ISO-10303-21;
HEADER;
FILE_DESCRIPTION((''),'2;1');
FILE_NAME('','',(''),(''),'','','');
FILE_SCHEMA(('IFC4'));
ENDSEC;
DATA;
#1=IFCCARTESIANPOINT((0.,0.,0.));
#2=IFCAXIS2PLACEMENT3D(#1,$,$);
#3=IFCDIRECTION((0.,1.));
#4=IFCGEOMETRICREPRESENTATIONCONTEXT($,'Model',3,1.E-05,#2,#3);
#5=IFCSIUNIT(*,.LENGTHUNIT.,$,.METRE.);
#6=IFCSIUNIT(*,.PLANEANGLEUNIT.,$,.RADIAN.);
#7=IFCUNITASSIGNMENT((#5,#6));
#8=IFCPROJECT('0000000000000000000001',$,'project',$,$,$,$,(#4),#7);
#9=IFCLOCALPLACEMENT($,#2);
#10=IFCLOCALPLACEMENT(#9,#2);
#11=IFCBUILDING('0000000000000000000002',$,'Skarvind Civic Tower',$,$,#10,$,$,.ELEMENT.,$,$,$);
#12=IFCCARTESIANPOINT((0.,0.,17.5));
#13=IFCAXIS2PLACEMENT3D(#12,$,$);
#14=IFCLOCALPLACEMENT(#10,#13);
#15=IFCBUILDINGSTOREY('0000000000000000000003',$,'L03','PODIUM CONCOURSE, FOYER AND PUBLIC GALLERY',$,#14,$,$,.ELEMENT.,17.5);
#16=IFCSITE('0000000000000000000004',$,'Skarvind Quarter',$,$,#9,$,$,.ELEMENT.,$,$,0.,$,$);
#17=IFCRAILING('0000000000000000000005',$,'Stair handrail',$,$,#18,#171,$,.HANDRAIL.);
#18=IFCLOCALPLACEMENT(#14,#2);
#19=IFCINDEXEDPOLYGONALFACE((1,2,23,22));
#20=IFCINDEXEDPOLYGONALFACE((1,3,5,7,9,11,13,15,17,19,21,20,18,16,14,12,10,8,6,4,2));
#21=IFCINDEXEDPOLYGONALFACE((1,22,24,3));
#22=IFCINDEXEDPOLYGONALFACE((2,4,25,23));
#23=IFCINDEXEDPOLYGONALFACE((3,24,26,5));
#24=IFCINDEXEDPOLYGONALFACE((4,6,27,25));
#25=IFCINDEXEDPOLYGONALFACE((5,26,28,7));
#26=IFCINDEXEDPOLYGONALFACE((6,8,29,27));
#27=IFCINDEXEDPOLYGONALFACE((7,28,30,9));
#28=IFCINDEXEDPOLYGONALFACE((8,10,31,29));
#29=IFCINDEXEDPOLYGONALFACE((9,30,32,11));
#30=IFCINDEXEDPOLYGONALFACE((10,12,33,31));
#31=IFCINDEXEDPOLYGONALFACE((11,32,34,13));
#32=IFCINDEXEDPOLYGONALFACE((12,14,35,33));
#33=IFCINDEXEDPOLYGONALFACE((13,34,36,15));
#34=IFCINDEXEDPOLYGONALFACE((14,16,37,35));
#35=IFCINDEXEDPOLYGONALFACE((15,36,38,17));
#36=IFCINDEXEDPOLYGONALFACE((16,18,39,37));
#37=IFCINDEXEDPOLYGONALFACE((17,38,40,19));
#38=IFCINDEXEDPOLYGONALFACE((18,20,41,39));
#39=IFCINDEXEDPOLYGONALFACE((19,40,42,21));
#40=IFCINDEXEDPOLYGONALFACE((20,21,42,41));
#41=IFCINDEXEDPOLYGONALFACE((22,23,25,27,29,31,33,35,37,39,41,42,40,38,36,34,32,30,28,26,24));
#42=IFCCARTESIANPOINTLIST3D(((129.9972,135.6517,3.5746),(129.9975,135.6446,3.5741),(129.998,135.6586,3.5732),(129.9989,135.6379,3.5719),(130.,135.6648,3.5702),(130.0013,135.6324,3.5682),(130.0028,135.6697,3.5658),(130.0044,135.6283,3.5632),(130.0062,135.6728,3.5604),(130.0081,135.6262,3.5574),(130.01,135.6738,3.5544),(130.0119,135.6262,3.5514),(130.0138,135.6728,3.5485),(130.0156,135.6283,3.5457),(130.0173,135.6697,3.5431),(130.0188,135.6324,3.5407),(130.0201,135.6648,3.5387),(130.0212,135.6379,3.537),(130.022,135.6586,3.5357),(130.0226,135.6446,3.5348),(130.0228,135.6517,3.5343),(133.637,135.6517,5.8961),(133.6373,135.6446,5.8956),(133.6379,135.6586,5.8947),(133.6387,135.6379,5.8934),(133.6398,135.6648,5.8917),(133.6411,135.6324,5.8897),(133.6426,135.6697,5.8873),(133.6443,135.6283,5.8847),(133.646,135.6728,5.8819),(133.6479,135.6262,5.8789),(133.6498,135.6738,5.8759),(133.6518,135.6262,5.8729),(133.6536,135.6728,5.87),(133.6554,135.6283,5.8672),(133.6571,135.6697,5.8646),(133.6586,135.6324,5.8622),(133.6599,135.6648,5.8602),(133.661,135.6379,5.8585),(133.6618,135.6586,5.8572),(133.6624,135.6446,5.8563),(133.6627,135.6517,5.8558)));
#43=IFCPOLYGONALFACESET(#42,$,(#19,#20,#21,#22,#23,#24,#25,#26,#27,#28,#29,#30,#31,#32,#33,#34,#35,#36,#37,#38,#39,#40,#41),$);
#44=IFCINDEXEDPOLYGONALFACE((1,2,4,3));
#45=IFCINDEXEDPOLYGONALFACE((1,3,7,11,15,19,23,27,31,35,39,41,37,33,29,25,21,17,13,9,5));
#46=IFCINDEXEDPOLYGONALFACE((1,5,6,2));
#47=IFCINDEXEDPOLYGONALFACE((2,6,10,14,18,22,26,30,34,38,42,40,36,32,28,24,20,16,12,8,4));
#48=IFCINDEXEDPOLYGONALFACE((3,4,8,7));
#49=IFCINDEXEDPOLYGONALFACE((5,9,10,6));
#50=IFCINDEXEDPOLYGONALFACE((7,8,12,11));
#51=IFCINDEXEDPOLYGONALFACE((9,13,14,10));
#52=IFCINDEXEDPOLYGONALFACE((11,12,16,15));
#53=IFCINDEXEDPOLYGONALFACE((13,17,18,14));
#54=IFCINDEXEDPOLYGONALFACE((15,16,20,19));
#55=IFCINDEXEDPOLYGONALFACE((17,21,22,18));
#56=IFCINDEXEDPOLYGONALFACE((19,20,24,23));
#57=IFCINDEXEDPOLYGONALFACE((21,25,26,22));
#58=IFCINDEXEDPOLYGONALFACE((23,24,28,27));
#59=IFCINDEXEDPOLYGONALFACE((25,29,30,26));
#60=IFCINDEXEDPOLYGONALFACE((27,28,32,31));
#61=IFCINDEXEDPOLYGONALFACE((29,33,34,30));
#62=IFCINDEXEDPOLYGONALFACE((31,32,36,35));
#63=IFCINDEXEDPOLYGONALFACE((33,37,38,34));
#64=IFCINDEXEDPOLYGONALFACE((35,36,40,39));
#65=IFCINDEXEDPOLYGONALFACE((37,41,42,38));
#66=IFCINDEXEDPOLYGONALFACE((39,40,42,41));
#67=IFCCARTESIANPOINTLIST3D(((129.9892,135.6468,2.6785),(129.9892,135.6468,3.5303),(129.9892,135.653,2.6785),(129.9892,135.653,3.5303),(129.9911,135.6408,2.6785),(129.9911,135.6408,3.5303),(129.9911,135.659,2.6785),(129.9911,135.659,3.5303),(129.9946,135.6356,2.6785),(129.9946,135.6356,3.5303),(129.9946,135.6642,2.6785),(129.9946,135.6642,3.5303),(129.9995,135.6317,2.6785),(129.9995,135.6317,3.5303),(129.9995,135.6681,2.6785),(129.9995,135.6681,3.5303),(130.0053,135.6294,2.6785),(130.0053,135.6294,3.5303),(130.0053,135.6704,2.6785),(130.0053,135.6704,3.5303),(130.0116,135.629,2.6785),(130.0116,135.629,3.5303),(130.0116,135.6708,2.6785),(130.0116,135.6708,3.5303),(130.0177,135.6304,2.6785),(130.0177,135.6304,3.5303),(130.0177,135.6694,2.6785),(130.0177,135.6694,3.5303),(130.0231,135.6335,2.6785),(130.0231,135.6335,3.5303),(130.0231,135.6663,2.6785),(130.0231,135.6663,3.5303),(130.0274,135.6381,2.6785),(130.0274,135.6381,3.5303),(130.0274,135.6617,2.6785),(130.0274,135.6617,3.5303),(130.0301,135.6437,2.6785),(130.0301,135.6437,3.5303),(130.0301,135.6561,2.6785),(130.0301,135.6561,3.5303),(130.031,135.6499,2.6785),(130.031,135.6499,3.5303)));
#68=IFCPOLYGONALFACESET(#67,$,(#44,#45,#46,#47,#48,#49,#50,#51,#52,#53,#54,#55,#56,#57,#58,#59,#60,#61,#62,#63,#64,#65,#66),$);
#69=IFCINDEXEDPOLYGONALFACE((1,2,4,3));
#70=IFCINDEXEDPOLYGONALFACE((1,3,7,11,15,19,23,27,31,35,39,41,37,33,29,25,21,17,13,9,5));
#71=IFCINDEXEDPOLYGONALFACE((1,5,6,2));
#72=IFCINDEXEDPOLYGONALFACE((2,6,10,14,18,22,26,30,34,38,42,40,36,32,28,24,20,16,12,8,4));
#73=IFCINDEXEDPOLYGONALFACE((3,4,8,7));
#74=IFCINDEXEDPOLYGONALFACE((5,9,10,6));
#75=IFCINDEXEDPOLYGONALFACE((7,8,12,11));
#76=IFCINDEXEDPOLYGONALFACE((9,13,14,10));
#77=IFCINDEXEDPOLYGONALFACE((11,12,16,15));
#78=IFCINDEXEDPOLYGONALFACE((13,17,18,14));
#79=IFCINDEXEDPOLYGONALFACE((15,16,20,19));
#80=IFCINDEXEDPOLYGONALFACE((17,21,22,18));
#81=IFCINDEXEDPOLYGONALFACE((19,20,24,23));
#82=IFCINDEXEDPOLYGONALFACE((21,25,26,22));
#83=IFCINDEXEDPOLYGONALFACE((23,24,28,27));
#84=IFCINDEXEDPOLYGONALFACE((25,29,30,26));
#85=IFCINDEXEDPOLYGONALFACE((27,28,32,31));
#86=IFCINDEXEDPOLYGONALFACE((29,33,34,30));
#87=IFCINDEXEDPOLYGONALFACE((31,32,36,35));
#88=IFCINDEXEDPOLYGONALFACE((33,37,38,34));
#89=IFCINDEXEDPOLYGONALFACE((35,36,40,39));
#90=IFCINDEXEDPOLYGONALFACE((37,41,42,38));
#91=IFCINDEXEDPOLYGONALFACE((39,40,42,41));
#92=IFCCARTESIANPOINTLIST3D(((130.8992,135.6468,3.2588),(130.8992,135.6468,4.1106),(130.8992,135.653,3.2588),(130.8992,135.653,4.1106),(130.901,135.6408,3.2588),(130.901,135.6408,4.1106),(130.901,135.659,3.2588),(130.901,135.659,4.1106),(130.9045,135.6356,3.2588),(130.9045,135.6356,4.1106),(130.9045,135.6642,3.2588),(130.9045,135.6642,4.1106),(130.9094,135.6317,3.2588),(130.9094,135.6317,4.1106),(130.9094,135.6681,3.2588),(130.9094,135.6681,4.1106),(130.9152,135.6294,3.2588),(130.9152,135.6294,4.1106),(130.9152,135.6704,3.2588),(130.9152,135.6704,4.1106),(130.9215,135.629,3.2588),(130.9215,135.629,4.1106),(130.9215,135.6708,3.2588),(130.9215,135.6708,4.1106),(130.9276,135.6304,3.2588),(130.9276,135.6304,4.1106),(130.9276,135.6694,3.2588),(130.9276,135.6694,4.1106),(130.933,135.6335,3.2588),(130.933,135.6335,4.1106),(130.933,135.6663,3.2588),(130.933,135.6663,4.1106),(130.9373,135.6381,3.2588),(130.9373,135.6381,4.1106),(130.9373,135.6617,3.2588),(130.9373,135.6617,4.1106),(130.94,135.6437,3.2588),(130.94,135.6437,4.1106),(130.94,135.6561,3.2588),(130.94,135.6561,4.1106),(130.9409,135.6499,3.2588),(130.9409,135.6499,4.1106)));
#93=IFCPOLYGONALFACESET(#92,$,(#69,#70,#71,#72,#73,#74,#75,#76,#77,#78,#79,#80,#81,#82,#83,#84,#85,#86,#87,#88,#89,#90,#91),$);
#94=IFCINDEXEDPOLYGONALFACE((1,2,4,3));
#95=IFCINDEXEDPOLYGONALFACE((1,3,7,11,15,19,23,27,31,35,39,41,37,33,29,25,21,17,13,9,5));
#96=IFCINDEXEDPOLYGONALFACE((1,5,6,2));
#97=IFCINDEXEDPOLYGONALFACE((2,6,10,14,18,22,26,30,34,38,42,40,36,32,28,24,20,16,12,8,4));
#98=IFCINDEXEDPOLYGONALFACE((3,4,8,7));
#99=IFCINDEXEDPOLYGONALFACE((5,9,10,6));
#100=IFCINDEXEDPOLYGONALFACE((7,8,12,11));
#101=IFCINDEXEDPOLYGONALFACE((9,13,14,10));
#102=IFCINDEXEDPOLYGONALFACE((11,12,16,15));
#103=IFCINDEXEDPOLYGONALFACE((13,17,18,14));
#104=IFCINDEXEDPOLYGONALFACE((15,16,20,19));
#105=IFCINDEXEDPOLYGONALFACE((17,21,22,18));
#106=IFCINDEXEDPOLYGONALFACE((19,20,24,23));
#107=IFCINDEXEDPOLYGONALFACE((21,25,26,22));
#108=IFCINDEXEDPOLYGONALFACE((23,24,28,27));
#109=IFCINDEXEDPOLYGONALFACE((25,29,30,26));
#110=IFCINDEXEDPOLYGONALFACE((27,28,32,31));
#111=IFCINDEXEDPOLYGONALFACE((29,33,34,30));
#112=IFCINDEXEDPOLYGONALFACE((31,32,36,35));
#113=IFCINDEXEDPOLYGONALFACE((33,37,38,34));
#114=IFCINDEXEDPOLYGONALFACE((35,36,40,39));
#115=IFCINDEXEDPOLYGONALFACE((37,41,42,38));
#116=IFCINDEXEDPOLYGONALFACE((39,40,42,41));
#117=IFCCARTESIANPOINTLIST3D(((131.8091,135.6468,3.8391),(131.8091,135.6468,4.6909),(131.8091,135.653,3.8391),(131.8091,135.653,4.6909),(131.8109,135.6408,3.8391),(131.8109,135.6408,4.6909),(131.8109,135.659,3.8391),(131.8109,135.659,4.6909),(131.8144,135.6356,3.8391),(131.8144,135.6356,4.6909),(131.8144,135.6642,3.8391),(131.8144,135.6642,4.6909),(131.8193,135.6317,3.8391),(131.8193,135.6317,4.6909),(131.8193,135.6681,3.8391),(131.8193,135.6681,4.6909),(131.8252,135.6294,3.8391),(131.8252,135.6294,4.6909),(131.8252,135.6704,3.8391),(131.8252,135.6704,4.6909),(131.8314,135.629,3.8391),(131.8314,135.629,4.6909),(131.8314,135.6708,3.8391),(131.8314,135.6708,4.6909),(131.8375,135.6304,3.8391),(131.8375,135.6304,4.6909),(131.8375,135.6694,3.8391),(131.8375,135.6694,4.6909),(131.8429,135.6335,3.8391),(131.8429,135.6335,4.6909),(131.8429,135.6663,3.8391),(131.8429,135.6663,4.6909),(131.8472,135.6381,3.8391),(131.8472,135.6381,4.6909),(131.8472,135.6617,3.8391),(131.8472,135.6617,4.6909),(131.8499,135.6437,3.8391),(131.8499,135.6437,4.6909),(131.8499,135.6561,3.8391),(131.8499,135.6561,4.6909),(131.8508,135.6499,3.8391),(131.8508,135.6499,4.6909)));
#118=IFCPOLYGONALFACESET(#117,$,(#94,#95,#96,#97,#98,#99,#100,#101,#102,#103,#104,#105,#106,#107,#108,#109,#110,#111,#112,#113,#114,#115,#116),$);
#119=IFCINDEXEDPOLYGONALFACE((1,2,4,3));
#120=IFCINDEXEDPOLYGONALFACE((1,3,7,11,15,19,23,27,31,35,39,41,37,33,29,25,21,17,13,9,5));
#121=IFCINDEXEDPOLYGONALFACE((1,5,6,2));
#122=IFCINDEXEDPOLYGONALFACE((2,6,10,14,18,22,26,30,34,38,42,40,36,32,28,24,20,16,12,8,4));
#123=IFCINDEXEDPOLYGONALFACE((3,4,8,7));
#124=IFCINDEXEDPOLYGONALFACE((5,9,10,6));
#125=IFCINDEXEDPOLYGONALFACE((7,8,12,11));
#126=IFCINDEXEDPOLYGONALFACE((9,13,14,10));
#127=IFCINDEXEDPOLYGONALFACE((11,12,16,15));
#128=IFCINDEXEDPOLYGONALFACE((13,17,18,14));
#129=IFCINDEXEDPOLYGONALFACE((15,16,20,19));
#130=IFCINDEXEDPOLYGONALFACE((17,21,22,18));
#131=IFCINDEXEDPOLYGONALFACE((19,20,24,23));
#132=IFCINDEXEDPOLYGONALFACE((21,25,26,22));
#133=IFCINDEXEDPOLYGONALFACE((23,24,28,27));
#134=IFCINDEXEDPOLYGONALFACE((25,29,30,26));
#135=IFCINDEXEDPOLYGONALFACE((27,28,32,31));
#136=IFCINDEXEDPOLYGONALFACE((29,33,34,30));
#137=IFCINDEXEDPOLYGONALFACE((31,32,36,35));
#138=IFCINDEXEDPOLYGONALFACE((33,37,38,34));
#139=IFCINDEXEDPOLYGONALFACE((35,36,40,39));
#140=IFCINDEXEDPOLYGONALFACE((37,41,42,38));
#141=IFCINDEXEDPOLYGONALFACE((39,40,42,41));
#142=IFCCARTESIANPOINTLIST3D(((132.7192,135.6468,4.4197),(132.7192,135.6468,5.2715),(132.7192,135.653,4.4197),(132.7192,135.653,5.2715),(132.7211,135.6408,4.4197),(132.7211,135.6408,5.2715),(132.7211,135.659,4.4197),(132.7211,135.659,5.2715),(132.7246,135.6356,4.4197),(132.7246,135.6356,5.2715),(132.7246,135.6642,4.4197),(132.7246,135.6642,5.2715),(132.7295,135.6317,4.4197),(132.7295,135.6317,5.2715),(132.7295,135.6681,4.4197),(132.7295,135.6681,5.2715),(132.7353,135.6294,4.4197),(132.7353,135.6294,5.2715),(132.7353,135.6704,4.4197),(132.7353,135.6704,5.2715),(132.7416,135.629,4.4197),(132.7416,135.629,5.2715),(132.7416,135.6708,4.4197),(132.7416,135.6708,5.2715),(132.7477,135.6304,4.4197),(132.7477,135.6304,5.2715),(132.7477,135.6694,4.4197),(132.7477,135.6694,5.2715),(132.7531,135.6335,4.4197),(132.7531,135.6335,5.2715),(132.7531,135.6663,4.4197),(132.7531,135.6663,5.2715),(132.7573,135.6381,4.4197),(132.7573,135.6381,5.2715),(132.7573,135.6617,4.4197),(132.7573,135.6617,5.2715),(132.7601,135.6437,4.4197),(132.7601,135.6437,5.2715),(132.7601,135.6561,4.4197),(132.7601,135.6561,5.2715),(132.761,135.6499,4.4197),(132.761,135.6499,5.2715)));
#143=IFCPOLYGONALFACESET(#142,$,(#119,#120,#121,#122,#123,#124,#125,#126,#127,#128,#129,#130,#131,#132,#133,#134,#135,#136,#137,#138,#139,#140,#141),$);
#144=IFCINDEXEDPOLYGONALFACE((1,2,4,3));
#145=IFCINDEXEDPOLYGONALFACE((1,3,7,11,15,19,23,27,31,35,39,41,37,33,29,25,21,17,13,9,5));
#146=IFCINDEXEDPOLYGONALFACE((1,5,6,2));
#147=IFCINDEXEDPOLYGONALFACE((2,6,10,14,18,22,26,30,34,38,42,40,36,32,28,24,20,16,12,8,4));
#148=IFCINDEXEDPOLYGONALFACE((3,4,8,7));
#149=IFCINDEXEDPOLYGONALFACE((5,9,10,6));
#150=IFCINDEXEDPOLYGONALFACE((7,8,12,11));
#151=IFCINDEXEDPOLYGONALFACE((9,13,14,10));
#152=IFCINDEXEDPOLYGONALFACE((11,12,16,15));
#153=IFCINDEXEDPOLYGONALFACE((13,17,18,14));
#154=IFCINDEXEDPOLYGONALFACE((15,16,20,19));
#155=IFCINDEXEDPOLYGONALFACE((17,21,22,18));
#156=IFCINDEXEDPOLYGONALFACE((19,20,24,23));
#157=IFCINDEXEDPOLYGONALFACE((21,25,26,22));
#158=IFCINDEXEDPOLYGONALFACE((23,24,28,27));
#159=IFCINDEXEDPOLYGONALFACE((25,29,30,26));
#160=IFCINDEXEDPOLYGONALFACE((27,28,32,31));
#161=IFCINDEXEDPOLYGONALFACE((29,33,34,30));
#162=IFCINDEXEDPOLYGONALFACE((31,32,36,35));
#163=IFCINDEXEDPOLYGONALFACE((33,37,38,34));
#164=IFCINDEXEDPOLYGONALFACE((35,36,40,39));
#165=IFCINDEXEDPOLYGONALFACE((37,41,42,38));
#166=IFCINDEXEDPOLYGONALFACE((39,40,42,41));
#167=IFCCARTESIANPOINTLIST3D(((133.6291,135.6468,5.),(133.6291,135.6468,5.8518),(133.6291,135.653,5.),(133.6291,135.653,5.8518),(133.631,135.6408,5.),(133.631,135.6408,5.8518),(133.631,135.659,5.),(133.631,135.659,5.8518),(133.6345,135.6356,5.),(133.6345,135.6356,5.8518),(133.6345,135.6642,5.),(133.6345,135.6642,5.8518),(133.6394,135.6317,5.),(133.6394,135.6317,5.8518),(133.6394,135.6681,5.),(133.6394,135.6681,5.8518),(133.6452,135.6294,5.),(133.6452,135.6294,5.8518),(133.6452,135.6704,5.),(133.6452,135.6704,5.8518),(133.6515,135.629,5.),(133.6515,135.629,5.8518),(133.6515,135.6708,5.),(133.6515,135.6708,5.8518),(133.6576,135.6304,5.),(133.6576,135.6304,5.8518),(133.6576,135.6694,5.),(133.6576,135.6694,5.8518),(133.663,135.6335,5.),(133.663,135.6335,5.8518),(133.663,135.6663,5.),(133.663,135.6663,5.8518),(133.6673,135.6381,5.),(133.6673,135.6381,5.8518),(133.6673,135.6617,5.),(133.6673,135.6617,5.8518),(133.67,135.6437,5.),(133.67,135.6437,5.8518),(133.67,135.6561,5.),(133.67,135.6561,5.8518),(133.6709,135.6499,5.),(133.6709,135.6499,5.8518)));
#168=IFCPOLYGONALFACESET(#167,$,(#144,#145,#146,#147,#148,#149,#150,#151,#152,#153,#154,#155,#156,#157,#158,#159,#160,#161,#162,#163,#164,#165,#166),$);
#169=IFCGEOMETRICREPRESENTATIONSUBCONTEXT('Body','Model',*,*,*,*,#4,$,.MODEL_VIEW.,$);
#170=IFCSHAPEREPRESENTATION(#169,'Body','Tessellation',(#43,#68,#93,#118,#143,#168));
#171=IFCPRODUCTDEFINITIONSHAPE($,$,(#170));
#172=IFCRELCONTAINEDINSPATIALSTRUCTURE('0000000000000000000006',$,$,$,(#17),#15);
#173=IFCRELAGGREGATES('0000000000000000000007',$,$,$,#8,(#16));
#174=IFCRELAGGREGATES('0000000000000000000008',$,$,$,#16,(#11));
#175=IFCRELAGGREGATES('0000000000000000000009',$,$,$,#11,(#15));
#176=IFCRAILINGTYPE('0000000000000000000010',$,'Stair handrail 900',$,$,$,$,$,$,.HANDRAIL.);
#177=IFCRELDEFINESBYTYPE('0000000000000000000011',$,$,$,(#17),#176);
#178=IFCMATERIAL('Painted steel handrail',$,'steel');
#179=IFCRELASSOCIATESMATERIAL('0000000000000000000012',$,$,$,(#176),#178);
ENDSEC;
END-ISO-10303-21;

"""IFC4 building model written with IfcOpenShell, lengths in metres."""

from ifc_helpers import new_model, si_unit, direction, frame, origin, origin_2d, place, context, subcontext, project, spatial, circle, extrude, material, type_object, element, save


model = new_model("IFC4")

# Units and contexts
model_context = context("Model", 3, precision=1e-05, world=origin(), true_north=direction((0.0, 1.0)))
body_context = subcontext(model_context, "Body", "Model", "MODEL_VIEW")
ifc_project = project(units=[si_unit("LENGTHUNIT", "METRE"), si_unit("PLANEANGLEUNIT", "RADIAN")], contexts=[model_context])

# Site, building, storey
site_placement = place(None, origin())
site = spatial("IfcSite", under=ifc_project, at=site_placement, Name="Skarvind Quarter", CompositionType="ELEMENT", RefElevation=0.0)
building_placement = place(site_placement, origin())
building = spatial("IfcBuilding", under=site, at=building_placement, Name="Skarvind Civic Tower", CompositionType="ELEMENT")
storey_placement = place(building_placement, frame((0.0, 0.0, 17.5)))
storey = spatial("IfcBuildingStorey", under=building, at=storey_placement, Name="L03", Description="PODIUM CONCOURSE, FOYER AND PUBLIC GALLERY", CompositionType="ELEMENT", Elevation=17.5)

# Railing
ifc_material_1 = material(Name="Painted steel handrail", Category="steel")
railing_type = type_object("IfcRailingType", Name="Stair handrail 900", PredefinedType="HANDRAIL", material=ifc_material_1)
railing_placement = place(storey_placement, frame((130.01, 135.6499, 2.6785)))
element("IfcRailing", 1, at=railing_placement, inside=storey, type_object=railing_type, Name="Stair handrail", PredefinedType="HANDRAIL", context=body_context, shape_type="SweptSolid", body=[
    extrude(circle(Radius=0.0239, at=origin_2d()), frame((0.0, 0.0, 0.876), z_axis=(0.843112, 0.0, 0.537739), x_axis=(0.0, 1.0, 0.0)), (0.0, 0.0, 1.0), 4.3171),
    extrude(circle(Radius=0.021, at=origin_2d()), origin(), (0.0, 0.0, 1.0), 0.8518),
    extrude(circle(Radius=0.021, at=origin_2d()), frame((0.9099, 0.0, 0.5803)), (0.0, 0.0, 1.0), 0.8518),
    extrude(circle(Radius=0.021, at=origin_2d()), frame((1.8198, 0.0, 1.1606)), (0.0, 0.0, 1.0), 0.8518),
    extrude(circle(Radius=0.021, at=origin_2d()), frame((2.73, 0.0, 1.7412)), (0.0, 0.0, 1.0), 0.8518),
    extrude(circle(Radius=0.021, at=origin_2d()), frame((3.6399, 0.0, 2.3215)), (0.0, 0.0, 1.0), 0.8518),
])

save(model, "model.ifc")
